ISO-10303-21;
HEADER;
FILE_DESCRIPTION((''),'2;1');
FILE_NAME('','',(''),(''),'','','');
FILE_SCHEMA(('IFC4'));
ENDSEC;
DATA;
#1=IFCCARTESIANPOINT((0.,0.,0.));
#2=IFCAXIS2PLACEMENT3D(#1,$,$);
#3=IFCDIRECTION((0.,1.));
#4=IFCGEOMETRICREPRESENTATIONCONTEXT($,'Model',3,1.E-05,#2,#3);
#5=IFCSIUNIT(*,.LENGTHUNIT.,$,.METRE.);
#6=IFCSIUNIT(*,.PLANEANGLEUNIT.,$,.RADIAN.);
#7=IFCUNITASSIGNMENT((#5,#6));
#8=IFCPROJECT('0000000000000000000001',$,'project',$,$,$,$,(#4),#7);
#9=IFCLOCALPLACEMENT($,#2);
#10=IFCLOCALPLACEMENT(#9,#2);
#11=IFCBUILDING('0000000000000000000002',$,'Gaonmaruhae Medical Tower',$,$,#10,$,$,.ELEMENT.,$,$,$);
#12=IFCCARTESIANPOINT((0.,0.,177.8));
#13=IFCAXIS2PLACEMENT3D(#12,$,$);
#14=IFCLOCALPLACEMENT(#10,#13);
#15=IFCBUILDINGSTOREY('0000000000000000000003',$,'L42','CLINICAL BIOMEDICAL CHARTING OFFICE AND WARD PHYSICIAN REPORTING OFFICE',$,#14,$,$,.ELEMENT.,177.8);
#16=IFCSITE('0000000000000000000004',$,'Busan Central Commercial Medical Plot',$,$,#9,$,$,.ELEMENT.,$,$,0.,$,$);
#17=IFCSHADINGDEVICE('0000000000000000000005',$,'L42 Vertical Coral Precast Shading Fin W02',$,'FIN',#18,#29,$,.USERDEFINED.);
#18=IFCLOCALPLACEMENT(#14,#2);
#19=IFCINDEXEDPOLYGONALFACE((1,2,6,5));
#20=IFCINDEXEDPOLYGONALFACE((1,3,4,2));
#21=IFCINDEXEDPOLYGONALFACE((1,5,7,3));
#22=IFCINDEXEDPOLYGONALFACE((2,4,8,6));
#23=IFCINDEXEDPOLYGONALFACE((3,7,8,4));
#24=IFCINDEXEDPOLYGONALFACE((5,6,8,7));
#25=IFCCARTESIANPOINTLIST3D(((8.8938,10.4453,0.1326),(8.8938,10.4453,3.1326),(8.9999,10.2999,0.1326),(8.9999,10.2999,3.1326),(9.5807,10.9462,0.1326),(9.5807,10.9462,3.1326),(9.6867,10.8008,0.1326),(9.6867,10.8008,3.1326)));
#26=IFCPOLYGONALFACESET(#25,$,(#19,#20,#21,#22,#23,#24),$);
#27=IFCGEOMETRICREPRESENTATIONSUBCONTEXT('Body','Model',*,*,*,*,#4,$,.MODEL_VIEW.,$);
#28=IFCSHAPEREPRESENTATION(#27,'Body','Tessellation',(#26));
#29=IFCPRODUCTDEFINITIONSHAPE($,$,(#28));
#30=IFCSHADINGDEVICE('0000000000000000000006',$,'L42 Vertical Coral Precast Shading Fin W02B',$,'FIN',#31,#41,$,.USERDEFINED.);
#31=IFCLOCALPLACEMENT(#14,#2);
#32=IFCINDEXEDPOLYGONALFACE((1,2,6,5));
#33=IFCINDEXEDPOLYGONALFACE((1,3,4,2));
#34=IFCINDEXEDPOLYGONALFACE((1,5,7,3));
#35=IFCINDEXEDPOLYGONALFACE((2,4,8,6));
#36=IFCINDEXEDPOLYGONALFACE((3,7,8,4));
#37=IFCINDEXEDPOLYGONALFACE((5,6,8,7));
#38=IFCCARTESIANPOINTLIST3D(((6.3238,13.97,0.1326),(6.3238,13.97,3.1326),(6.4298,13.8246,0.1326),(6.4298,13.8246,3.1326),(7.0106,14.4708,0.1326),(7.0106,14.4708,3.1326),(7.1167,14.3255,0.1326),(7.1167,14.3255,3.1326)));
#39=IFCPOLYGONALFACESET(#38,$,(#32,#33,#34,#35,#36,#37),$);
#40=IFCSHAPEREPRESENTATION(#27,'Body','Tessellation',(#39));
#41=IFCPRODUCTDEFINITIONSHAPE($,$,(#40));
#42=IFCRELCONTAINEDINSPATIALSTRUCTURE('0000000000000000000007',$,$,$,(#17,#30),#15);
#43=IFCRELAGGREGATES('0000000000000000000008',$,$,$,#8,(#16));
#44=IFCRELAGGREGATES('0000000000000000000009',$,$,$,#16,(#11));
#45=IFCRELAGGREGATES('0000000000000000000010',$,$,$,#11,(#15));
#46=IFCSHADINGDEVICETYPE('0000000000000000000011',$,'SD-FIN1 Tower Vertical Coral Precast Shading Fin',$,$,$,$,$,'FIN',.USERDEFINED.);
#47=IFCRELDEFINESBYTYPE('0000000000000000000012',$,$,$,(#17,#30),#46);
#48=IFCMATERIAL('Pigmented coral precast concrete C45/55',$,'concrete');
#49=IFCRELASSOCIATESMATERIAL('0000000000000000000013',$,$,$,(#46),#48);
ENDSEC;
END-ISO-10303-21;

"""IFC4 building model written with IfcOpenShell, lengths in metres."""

from ifc_helpers import new_model, si_unit, direction, frame, origin, origin_2d, place, context, subcontext, project, spatial, rectangle, extrude, material, type_object, element, save


model = new_model("IFC4")

# Units and contexts
model_context = context("Model", 3, precision=1e-05, world=origin(), true_north=direction((0.0, 1.0)))
body_context = subcontext(model_context, "Body", "Model", "MODEL_VIEW")
ifc_project = project(units=[si_unit("LENGTHUNIT", "METRE"), si_unit("PLANEANGLEUNIT", "RADIAN")], contexts=[model_context])

# Site, building, storey
site_placement = place(None, origin())
site = spatial("IfcSite", under=ifc_project, at=site_placement, Name="Busan Central Commercial Medical Plot", CompositionType="ELEMENT", RefElevation=0.0)
building_placement = place(site_placement, origin())
building = spatial("IfcBuilding", under=site, at=building_placement, Name="Gaonmaruhae Medical Tower", CompositionType="ELEMENT")
storey_placement = place(building_placement, frame((0.0, 0.0, 177.8)))
storey = spatial("IfcBuildingStorey", under=building, at=storey_placement, Name="L42", Description="CLINICAL BIOMEDICAL CHARTING OFFICE AND WARD PHYSICIAN REPORTING OFFICE", CompositionType="ELEMENT", Elevation=177.8)

# Shading devices
ifc_material_1 = material(Name="Pigmented coral precast concrete C45/55", Category="concrete")
shading_device_type = type_object("IfcShadingDeviceType", Name="SD-FIN1 Tower Vertical Coral Precast Shading Fin", ElementType="FIN", PredefinedType="USERDEFINED", material=ifc_material_1)
for number, where, z_axis, x_axis, name in (
    (1, (9.2903, 10.623, 0.1326), (0.0, 0.0, 1.0), (-0.589196, 0.80799, 0.0), "L42 Vertical Coral Precast Shading Fin W02"),
    (2, (6.7202, 14.1477, 0.1326), (0.0, 0.0, 1.0), (-0.589196, 0.80799, 0.0), "L42 Vertical Coral Precast Shading Fin W02B"),
):
    element("IfcShadingDevice", number, at=place(storey_placement, frame(where, z_axis=z_axis, x_axis=x_axis)), inside=storey, type_object=shading_device_type, Name=name, ObjectType="FIN", PredefinedType="USERDEFINED", context=body_context, shape_type="SweptSolid", body=[
        extrude(rectangle(XDim=0.1799, YDim=0.8501, at=origin_2d()), origin(), (0.0, 0.0, 1.0), 3.0),
    ])

save(model, "model.ifc")
